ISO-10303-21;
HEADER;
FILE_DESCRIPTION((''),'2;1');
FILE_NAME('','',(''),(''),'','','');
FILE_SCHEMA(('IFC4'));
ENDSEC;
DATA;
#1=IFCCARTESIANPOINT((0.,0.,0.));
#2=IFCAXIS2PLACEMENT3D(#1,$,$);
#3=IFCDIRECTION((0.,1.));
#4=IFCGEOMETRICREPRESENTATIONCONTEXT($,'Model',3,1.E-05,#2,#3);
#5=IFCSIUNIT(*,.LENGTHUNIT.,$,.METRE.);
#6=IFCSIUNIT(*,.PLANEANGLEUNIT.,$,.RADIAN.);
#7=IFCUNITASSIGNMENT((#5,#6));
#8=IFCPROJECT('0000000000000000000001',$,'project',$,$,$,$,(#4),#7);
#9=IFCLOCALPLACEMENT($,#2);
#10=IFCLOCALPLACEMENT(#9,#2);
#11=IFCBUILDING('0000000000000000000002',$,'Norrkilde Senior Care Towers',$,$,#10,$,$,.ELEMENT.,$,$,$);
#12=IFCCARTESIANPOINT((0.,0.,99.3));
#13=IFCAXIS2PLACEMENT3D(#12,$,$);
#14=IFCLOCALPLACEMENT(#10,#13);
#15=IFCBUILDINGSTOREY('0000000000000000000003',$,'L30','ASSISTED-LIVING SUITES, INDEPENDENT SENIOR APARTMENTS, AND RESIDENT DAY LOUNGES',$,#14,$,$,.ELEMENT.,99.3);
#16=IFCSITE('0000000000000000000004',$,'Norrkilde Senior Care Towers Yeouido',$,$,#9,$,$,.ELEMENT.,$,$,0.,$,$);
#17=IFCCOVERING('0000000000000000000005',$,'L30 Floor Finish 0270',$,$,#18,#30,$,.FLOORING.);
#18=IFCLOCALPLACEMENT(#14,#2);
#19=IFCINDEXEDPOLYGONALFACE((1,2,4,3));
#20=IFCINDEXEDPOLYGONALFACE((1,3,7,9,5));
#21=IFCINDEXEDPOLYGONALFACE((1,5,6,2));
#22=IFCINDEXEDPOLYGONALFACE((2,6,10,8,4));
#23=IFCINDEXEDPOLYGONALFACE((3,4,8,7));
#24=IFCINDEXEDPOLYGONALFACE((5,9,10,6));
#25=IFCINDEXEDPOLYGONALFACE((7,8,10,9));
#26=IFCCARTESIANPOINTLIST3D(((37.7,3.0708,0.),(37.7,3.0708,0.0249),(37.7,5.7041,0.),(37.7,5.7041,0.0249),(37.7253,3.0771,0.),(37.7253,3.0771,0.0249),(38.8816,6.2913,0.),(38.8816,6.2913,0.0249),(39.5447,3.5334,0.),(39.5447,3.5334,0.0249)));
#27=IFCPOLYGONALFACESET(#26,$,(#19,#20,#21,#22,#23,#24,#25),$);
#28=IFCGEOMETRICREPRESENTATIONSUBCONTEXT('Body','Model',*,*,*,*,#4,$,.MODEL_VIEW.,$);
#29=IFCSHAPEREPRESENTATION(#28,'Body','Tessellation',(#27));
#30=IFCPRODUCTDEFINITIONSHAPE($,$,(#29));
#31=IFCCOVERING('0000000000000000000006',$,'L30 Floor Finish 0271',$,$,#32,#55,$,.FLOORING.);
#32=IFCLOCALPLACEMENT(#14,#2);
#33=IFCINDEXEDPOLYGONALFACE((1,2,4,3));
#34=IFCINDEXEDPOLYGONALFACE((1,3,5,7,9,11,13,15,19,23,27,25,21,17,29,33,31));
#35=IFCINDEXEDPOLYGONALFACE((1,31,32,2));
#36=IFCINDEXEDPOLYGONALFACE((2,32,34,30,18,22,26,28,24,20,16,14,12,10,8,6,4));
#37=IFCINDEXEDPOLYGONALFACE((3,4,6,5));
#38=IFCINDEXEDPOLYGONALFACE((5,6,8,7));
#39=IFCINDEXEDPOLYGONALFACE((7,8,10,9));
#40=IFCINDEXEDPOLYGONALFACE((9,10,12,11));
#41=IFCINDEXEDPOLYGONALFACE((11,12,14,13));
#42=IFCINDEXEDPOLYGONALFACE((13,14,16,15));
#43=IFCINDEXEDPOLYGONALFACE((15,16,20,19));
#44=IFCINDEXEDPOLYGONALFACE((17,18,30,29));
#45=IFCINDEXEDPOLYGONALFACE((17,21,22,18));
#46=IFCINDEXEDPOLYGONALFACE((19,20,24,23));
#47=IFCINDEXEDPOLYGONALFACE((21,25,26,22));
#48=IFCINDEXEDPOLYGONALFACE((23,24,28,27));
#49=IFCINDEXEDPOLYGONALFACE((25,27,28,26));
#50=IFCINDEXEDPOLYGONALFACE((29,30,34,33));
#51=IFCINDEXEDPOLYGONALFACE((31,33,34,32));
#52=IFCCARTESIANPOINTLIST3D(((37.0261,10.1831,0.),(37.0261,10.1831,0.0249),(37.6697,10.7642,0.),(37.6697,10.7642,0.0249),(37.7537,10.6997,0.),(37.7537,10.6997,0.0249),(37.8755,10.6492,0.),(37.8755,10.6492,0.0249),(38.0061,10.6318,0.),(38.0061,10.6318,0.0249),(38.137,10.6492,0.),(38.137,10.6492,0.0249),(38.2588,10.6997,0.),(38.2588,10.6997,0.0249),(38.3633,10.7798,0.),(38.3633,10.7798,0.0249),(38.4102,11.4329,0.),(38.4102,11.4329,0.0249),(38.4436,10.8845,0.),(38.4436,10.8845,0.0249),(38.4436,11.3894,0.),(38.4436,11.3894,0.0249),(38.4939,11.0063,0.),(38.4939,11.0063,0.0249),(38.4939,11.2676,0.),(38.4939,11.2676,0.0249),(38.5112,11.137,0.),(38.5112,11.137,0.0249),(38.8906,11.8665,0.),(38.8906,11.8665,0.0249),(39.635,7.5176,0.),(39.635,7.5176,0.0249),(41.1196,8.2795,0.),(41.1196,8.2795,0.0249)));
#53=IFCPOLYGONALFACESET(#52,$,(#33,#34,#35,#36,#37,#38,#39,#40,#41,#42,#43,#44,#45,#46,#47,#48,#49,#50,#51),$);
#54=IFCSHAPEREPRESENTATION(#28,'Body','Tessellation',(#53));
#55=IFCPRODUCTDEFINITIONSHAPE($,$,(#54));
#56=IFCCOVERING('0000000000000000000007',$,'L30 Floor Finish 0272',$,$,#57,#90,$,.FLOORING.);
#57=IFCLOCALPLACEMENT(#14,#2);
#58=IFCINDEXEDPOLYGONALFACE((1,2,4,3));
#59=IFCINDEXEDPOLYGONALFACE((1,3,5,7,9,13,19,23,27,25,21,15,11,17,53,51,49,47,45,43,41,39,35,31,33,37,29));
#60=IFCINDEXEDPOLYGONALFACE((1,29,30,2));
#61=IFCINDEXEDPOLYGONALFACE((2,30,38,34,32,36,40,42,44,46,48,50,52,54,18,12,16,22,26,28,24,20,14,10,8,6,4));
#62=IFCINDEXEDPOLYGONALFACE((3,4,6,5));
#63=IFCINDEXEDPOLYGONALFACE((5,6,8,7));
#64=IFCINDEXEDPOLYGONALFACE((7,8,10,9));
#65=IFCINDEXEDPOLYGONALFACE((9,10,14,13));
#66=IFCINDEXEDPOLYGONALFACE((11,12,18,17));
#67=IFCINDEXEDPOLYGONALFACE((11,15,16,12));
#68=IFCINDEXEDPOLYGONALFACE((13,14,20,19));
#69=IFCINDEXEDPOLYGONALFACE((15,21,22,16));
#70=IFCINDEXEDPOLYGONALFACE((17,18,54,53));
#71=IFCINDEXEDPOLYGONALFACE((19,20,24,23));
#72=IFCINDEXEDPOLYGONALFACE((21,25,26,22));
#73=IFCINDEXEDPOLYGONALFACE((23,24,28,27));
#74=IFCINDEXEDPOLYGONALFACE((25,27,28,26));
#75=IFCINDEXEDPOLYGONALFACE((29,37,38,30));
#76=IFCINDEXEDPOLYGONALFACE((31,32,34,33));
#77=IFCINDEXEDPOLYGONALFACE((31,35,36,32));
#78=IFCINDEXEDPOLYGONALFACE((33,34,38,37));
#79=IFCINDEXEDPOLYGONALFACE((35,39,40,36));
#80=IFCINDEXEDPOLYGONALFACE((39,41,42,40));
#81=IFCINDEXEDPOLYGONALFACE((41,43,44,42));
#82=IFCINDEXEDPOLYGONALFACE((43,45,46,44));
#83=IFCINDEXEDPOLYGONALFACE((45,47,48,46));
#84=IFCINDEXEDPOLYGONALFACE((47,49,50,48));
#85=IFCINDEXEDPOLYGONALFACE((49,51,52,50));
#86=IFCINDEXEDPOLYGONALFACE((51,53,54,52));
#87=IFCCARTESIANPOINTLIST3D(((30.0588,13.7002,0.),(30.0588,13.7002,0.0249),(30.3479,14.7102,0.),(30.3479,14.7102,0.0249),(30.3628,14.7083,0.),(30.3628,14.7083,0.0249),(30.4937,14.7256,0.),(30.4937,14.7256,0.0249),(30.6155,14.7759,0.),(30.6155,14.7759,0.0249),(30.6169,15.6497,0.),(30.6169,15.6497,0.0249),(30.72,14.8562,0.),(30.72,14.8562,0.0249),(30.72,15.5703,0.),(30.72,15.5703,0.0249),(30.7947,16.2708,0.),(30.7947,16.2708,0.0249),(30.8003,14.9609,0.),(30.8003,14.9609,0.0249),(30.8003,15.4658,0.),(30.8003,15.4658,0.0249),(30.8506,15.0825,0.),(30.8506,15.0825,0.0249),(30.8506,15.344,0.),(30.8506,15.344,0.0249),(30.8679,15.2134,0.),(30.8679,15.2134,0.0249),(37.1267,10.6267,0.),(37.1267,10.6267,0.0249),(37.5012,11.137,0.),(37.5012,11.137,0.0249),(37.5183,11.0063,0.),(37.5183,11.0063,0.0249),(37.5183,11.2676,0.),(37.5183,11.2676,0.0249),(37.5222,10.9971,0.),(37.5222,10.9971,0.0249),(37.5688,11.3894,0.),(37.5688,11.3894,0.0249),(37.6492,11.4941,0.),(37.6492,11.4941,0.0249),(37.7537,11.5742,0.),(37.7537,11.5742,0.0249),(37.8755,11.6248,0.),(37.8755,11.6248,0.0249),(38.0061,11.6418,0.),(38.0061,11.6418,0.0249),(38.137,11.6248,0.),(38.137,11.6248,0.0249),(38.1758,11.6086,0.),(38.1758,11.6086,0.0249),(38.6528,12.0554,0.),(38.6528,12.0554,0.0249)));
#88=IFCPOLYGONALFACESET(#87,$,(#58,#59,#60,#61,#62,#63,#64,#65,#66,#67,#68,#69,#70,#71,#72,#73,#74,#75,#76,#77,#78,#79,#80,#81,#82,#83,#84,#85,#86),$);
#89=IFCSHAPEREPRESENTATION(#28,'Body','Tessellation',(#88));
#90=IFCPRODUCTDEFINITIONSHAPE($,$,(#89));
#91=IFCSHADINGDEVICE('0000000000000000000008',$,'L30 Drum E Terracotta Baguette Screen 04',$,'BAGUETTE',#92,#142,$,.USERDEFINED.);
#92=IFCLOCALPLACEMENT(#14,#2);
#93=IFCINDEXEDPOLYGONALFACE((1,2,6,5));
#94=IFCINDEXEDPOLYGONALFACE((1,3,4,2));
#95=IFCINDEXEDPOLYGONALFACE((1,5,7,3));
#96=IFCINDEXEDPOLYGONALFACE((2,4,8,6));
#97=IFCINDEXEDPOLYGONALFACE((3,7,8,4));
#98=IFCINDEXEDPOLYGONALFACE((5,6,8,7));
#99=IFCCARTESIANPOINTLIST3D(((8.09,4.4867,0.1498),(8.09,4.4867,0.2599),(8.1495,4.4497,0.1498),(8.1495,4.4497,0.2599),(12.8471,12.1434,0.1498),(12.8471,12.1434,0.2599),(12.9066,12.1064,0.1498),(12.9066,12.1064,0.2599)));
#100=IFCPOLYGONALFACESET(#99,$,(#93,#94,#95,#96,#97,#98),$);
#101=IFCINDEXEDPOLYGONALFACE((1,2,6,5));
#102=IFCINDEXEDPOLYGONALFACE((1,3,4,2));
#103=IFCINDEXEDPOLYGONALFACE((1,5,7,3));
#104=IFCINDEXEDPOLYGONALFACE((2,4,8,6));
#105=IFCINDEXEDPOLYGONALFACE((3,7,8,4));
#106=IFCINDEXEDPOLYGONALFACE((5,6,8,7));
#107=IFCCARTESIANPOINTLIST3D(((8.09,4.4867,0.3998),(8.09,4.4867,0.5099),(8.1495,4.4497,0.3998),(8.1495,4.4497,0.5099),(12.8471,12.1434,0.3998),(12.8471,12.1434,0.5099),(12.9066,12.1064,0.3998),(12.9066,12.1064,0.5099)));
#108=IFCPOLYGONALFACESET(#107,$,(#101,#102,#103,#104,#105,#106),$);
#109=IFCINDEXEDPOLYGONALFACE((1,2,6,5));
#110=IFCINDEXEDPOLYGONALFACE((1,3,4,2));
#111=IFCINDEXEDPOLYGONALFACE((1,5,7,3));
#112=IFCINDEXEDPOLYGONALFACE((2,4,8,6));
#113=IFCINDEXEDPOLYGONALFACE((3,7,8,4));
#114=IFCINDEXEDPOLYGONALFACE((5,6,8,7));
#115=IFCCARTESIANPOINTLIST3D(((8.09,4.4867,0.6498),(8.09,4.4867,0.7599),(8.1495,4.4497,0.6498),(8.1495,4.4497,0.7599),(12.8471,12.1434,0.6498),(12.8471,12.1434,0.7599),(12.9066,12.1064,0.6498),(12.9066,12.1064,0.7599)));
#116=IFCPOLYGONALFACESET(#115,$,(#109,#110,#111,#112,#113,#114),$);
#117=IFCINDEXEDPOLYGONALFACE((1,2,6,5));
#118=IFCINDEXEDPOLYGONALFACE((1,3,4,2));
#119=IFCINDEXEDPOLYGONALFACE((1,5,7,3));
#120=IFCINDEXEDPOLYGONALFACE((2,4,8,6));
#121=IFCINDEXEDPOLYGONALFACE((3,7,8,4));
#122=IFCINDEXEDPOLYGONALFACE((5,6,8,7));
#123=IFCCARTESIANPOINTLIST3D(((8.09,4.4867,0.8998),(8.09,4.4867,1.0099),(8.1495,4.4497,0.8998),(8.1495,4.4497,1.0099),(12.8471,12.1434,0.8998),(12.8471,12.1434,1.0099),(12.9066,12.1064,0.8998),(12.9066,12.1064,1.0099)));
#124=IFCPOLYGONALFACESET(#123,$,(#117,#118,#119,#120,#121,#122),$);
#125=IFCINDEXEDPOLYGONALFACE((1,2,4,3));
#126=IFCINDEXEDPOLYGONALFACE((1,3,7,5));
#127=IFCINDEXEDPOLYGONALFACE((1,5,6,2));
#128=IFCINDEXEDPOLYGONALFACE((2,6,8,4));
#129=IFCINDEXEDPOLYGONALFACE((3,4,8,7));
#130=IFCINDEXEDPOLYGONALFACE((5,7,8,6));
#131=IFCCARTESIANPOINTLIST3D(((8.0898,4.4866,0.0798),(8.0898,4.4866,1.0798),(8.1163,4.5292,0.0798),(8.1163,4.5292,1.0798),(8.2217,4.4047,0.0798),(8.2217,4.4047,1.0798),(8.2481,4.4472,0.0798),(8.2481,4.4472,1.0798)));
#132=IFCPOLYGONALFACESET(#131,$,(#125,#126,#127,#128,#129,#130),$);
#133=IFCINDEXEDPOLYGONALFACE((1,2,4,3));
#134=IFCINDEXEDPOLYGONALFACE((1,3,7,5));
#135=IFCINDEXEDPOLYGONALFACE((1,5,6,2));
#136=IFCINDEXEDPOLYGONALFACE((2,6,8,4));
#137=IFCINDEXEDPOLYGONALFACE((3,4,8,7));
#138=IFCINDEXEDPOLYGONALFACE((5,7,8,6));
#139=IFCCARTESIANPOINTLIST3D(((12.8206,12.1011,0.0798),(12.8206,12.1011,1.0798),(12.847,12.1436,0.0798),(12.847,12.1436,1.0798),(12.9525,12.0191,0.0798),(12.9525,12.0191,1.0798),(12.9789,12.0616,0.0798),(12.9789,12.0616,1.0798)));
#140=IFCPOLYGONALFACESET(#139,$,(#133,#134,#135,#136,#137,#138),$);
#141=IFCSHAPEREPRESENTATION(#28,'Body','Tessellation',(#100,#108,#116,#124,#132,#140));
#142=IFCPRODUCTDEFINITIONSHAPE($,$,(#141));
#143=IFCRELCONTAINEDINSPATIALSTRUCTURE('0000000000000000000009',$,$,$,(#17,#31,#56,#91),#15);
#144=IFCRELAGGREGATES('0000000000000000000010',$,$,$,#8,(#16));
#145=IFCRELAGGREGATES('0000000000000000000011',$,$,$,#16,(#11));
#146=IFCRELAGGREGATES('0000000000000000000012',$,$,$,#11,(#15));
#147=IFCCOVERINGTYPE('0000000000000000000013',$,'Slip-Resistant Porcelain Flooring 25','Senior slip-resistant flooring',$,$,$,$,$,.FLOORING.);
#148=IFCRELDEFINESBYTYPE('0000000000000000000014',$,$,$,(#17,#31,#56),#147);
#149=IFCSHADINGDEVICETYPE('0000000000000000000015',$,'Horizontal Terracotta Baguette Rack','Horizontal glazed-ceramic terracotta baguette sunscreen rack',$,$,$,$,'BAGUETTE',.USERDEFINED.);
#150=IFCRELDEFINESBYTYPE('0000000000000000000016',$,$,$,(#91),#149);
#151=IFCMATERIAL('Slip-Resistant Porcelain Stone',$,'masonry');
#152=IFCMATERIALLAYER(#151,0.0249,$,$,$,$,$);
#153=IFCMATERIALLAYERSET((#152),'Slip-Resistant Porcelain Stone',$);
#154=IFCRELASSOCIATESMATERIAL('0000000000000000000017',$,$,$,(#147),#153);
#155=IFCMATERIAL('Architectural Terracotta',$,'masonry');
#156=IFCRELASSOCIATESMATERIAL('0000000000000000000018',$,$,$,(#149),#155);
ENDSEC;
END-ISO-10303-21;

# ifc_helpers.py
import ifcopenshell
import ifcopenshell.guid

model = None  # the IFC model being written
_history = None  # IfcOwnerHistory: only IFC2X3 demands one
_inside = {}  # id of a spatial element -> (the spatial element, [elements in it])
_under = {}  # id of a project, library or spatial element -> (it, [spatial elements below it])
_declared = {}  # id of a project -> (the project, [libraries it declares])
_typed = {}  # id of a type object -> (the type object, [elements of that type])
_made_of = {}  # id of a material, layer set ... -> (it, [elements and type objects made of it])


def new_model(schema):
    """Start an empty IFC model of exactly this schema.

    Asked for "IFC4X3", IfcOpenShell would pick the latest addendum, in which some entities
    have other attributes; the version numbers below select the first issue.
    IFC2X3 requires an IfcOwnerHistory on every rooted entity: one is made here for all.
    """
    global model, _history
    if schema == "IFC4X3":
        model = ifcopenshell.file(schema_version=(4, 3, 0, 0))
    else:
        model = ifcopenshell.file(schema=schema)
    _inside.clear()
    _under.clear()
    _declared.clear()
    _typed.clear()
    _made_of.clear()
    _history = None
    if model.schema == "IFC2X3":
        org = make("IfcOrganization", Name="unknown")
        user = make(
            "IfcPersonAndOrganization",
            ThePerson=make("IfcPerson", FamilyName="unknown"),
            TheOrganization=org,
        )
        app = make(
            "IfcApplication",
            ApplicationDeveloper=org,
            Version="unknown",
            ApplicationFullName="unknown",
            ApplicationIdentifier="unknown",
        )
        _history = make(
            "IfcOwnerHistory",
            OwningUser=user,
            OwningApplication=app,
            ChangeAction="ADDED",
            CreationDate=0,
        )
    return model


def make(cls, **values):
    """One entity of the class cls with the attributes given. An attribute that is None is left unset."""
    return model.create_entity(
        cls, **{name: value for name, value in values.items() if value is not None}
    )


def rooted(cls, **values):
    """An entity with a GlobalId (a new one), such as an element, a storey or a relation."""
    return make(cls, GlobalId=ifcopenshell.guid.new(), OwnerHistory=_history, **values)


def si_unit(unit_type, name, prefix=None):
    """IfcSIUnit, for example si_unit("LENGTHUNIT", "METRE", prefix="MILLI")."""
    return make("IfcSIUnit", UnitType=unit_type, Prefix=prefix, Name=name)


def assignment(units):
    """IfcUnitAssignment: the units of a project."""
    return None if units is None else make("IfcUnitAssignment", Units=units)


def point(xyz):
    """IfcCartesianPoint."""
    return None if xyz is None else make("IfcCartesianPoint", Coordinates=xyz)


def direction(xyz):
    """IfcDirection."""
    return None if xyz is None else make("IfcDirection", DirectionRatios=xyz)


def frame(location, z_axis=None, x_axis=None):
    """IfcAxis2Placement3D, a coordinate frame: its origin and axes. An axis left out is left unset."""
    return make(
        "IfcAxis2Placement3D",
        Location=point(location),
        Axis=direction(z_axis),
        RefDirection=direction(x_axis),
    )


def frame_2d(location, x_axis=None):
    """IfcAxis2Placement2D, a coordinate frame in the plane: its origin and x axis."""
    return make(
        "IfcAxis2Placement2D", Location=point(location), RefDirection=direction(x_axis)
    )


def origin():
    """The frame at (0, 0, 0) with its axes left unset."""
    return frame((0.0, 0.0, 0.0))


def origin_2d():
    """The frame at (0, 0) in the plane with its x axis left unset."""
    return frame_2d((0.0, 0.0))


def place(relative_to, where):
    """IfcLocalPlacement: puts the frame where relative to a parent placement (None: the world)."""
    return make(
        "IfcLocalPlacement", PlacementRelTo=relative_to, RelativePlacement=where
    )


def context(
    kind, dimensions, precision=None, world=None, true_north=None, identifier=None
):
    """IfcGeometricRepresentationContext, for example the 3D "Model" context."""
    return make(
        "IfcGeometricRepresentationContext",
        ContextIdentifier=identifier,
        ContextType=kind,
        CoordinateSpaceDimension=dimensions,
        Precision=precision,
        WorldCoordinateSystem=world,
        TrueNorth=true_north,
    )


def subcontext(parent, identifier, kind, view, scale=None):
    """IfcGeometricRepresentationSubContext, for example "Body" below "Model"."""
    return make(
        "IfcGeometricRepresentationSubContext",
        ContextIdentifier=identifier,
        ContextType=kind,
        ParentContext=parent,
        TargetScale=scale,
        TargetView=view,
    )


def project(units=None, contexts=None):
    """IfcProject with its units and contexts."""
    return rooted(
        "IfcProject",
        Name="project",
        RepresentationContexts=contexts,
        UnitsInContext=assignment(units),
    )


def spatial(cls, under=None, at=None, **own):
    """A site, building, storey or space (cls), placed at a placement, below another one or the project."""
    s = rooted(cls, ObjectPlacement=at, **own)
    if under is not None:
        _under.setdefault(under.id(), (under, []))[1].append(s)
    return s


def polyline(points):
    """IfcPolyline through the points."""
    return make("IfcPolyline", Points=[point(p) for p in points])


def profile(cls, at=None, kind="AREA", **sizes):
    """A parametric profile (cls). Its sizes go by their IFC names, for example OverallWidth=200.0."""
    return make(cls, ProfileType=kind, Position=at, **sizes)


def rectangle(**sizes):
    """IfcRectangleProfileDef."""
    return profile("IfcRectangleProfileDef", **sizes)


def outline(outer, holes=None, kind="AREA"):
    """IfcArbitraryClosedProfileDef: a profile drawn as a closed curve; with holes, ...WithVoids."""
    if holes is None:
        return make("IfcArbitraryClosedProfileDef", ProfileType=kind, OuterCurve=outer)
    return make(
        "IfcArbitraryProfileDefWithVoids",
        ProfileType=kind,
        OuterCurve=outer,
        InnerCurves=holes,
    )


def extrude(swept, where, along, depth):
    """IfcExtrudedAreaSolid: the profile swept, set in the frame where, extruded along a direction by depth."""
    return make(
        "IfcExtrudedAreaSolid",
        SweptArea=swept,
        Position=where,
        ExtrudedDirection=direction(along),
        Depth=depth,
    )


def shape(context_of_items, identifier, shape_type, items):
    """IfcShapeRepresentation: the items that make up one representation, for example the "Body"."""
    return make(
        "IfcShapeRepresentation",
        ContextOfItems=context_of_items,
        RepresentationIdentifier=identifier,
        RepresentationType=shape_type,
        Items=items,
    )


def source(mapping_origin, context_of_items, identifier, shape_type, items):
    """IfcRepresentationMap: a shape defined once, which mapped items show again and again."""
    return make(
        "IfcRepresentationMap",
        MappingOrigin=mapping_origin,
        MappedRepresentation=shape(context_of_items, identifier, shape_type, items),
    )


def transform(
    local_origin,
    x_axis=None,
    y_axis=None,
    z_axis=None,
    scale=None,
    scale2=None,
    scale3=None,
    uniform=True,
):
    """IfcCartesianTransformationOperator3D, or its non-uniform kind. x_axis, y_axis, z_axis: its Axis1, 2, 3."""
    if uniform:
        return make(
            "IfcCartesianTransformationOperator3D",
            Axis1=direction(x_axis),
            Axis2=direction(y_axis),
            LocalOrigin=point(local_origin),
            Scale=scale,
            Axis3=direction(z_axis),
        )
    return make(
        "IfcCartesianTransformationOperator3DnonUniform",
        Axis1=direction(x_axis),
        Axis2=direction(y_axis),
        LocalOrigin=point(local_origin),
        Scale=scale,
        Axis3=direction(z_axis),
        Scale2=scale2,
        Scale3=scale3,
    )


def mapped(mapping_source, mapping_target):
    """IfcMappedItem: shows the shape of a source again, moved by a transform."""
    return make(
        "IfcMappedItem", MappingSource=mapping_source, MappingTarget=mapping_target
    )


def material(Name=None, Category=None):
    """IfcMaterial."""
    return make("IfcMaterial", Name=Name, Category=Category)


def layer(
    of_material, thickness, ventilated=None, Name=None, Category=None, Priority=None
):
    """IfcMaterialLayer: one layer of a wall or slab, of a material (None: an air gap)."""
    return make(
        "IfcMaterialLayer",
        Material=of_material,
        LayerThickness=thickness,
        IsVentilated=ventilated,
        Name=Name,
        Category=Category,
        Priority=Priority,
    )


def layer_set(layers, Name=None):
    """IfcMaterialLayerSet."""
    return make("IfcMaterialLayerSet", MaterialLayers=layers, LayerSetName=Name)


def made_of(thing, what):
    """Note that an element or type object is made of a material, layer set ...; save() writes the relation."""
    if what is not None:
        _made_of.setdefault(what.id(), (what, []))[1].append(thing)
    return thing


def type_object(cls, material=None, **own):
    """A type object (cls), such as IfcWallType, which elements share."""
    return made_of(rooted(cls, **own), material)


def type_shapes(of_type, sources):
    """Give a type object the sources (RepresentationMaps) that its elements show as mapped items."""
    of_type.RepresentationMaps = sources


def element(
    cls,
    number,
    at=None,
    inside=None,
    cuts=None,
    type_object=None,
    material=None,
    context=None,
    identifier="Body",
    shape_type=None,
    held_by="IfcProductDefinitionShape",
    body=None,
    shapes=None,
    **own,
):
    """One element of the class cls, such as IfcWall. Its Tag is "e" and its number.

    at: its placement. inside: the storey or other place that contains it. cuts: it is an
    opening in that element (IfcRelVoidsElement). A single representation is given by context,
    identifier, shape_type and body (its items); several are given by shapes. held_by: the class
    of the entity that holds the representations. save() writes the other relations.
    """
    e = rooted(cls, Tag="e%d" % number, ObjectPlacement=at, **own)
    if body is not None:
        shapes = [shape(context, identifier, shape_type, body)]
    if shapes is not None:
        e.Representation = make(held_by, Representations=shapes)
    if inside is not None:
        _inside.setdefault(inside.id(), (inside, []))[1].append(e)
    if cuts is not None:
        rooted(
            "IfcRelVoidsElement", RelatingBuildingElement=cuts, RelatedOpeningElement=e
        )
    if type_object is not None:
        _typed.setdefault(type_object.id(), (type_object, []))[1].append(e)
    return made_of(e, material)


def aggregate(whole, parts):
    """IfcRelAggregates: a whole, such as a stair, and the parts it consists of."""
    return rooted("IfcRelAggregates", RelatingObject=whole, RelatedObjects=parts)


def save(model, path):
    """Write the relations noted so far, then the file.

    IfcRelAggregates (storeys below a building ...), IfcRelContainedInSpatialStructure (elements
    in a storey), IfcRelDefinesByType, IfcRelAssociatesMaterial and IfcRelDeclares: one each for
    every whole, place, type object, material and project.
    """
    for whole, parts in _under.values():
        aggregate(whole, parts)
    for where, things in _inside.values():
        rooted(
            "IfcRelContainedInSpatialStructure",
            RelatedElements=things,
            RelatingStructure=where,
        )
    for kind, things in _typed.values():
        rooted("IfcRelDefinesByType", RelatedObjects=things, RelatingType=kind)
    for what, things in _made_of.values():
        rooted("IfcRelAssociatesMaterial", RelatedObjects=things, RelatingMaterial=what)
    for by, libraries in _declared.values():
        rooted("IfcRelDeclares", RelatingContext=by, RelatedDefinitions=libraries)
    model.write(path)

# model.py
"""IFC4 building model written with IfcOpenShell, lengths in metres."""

from ifc_helpers import new_model, si_unit, direction, frame, origin, origin_2d, place, context, subcontext, project, spatial, polyline, rectangle, outline, extrude, source, transform, mapped, material, layer, layer_set, type_object, type_shapes, element, save


model = new_model("IFC4")

# Units and contexts
model_context = context("Model", 3, precision=1e-05, world=origin(), true_north=direction((0.0, 1.0)))
body_context = subcontext(model_context, "Body", "Model", "MODEL_VIEW")
ifc_project = project(units=[si_unit("LENGTHUNIT", "METRE"), si_unit("PLANEANGLEUNIT", "RADIAN")], contexts=[model_context])

# Site, building, storey
site_placement = place(None, origin())
site = spatial("IfcSite", under=ifc_project, at=site_placement, Name="Norrkilde Senior Care Towers Yeouido", CompositionType="ELEMENT", RefElevation=0.0)
building_placement = place(site_placement, origin())
building = spatial("IfcBuilding", under=site, at=building_placement, Name="Norrkilde Senior Care Towers", CompositionType="ELEMENT")
storey_placement = place(building_placement, frame((0.0, 0.0, 99.3)))
storey = spatial("IfcBuildingStorey", under=building, at=storey_placement, Name="L30", Description="ASSISTED-LIVING SUITES, INDEPENDENT SENIOR APARTMENTS, AND RESIDENT DAY LOUNGES", CompositionType="ELEMENT", Elevation=99.3)

# Coverings
ifc_material_1 = material(Name="Slip-Resistant Porcelain Stone", Category="masonry")
ifc_layer_1 = layer(ifc_material_1, 0.0249)
ifc_layer_set_1 = layer_set([ifc_layer_1], Name="Slip-Resistant Porcelain Stone")
covering_type_1 = type_object("IfcCoveringType", Name="Slip-Resistant Porcelain Flooring 25", Description="Senior slip-resistant flooring", PredefinedType="FLOORING", material=ifc_layer_set_1)
covering_1_placement = place(storey_placement, origin())
element("IfcCovering", 1, at=covering_1_placement, inside=storey, type_object=covering_type_1, Name="L30 Floor Finish 0270", PredefinedType="FLOORING", context=body_context, shape_type="SweptSolid", body=[
    extrude(outline(polyline([(38.8816, 6.2913), (39.5447, 3.5334), (37.7253, 3.0771), (37.7, 3.0708), (37.7, 5.7041), (38.8816, 6.2913)])), origin(), (0.0, 0.0, 1.0), 0.0249),
])
covering_2_placement = place(storey_placement, origin())
element("IfcCovering", 2, at=covering_2_placement, inside=storey, type_object=covering_type_1, Name="L30 Floor Finish 0271", PredefinedType="FLOORING", context=body_context, shape_type="SweptSolid", body=[
    extrude(outline(polyline([(39.635, 7.5176), (37.0261, 10.1831), (37.6697, 10.7642), (37.7537, 10.6997), (37.8755, 10.6492), (38.0061, 10.6318), (38.137, 10.6492), (38.2588, 10.6997), (38.3633, 10.7798), (38.4436, 10.8845), (38.4939, 11.0063), (38.5112, 11.137), (38.4939, 11.2676), (38.4436, 11.3894), (38.4102, 11.4329), (38.8906, 11.8665), (41.1196, 8.2795), (39.635, 7.5176)])), origin(), (0.0, 0.0, 1.0), 0.0249),
])
covering_3_placement = place(storey_placement, origin())
element("IfcCovering", 3, at=covering_3_placement, inside=storey, type_object=covering_type_1, Name="L30 Floor Finish 0272", PredefinedType="FLOORING", context=body_context, shape_type="SweptSolid", body=[
    extrude(outline(polyline([(38.1758, 11.6086), (38.137, 11.6248), (38.0061, 11.6418), (37.8755, 11.6248), (37.7537, 11.5742), (37.6492, 11.4941), (37.5688, 11.3894), (37.5183, 11.2676), (37.5012, 11.137), (37.5183, 11.0063), (37.5222, 10.9971), (37.1267, 10.6267), (30.0588, 13.7002), (30.3479, 14.7102), (30.3628, 14.7083), (30.4937, 14.7256), (30.6155, 14.7759), (30.72, 14.8562), (30.8003, 14.9609), (30.8506, 15.0825), (30.8679, 15.2134), (30.8506, 15.344), (30.8003, 15.4658), (30.72, 15.5703), (30.6169, 15.6497), (30.7947, 16.2708), (38.6528, 12.0554), (38.1758, 11.6086)])), origin(), (0.0, 0.0, 1.0), 0.0249),
])

# Shading device
ifc_material_2 = material(Name="Architectural Terracotta", Category="masonry")
shading_device_type = type_object("IfcShadingDeviceType", Name="Horizontal Terracotta Baguette Rack", Description="Horizontal glazed-ceramic terracotta baguette sunscreen rack", ElementType="BAGUETTE", PredefinedType="USERDEFINED", material=ifc_material_2)
shared_shape_1 = source(origin(), body_context, "Body", "SweptSolid", [
    extrude(rectangle(XDim=0.0701, YDim=0.1101, at=origin_2d()), frame((0.0, 0.0901, 0.125), z_axis=(1.0, 0.0, 0.0), x_axis=(0.0, 1.0, 0.0)), (0.0, 0.0, 1.0), 9.0142),
    extrude(rectangle(XDim=0.0701, YDim=0.1101, at=origin_2d()), frame((0.0, 0.0901, 0.375), z_axis=(1.0, 0.0, 0.0), x_axis=(0.0, 1.0, 0.0)), (0.0, 0.0, 1.0), 9.0142),
    extrude(rectangle(XDim=0.0701, YDim=0.1101, at=origin_2d()), frame((0.0, 0.0901, 0.625), z_axis=(1.0, 0.0, 0.0), x_axis=(0.0, 1.0, 0.0)), (0.0, 0.0, 1.0), 9.0142),
    extrude(rectangle(XDim=0.0701, YDim=0.1101, at=origin_2d()), frame((0.0, 0.0901, 0.875), z_axis=(1.0, 0.0, 0.0), x_axis=(0.0, 1.0, 0.0)), (0.0, 0.0, 1.0), 9.0142),
    extrude(rectangle(XDim=0.05, YDim=0.1553, at=origin_2d()), frame((0.0249, 0.0476, 0.0)), (0.0, 0.0, 1.0), 1.0),
    extrude(rectangle(XDim=0.05, YDim=0.1553, at=origin_2d()), frame((8.9893, 0.0476, 0.0)), (0.0, 0.0, 1.0), 1.0),
])
type_shapes(shading_device_type, [shared_shape_1])
shading_device_placement = place(storey_placement, frame((8.1963, 4.4207, 0.0798), z_axis=(0.0, 0.0, 1.0), x_axis=(0.527734, 0.849412, 0.0)))
element("IfcShadingDevice", 4, at=shading_device_placement, inside=storey, type_object=shading_device_type, Name="L30 Drum E Terracotta Baguette Screen 04", ObjectType="BAGUETTE", PredefinedType="USERDEFINED", context=body_context, shape_type="MappedRepresentation", body=[
    mapped(shared_shape_1, transform((0.0, 0.0, 0.0), x_axis=(1.0, 0.0, 0.0), y_axis=(0.0, 1.0, 0.0), z_axis=(0.0, 0.0, 1.0), scale=1.0)),
])

save(model, "model.ifc")
